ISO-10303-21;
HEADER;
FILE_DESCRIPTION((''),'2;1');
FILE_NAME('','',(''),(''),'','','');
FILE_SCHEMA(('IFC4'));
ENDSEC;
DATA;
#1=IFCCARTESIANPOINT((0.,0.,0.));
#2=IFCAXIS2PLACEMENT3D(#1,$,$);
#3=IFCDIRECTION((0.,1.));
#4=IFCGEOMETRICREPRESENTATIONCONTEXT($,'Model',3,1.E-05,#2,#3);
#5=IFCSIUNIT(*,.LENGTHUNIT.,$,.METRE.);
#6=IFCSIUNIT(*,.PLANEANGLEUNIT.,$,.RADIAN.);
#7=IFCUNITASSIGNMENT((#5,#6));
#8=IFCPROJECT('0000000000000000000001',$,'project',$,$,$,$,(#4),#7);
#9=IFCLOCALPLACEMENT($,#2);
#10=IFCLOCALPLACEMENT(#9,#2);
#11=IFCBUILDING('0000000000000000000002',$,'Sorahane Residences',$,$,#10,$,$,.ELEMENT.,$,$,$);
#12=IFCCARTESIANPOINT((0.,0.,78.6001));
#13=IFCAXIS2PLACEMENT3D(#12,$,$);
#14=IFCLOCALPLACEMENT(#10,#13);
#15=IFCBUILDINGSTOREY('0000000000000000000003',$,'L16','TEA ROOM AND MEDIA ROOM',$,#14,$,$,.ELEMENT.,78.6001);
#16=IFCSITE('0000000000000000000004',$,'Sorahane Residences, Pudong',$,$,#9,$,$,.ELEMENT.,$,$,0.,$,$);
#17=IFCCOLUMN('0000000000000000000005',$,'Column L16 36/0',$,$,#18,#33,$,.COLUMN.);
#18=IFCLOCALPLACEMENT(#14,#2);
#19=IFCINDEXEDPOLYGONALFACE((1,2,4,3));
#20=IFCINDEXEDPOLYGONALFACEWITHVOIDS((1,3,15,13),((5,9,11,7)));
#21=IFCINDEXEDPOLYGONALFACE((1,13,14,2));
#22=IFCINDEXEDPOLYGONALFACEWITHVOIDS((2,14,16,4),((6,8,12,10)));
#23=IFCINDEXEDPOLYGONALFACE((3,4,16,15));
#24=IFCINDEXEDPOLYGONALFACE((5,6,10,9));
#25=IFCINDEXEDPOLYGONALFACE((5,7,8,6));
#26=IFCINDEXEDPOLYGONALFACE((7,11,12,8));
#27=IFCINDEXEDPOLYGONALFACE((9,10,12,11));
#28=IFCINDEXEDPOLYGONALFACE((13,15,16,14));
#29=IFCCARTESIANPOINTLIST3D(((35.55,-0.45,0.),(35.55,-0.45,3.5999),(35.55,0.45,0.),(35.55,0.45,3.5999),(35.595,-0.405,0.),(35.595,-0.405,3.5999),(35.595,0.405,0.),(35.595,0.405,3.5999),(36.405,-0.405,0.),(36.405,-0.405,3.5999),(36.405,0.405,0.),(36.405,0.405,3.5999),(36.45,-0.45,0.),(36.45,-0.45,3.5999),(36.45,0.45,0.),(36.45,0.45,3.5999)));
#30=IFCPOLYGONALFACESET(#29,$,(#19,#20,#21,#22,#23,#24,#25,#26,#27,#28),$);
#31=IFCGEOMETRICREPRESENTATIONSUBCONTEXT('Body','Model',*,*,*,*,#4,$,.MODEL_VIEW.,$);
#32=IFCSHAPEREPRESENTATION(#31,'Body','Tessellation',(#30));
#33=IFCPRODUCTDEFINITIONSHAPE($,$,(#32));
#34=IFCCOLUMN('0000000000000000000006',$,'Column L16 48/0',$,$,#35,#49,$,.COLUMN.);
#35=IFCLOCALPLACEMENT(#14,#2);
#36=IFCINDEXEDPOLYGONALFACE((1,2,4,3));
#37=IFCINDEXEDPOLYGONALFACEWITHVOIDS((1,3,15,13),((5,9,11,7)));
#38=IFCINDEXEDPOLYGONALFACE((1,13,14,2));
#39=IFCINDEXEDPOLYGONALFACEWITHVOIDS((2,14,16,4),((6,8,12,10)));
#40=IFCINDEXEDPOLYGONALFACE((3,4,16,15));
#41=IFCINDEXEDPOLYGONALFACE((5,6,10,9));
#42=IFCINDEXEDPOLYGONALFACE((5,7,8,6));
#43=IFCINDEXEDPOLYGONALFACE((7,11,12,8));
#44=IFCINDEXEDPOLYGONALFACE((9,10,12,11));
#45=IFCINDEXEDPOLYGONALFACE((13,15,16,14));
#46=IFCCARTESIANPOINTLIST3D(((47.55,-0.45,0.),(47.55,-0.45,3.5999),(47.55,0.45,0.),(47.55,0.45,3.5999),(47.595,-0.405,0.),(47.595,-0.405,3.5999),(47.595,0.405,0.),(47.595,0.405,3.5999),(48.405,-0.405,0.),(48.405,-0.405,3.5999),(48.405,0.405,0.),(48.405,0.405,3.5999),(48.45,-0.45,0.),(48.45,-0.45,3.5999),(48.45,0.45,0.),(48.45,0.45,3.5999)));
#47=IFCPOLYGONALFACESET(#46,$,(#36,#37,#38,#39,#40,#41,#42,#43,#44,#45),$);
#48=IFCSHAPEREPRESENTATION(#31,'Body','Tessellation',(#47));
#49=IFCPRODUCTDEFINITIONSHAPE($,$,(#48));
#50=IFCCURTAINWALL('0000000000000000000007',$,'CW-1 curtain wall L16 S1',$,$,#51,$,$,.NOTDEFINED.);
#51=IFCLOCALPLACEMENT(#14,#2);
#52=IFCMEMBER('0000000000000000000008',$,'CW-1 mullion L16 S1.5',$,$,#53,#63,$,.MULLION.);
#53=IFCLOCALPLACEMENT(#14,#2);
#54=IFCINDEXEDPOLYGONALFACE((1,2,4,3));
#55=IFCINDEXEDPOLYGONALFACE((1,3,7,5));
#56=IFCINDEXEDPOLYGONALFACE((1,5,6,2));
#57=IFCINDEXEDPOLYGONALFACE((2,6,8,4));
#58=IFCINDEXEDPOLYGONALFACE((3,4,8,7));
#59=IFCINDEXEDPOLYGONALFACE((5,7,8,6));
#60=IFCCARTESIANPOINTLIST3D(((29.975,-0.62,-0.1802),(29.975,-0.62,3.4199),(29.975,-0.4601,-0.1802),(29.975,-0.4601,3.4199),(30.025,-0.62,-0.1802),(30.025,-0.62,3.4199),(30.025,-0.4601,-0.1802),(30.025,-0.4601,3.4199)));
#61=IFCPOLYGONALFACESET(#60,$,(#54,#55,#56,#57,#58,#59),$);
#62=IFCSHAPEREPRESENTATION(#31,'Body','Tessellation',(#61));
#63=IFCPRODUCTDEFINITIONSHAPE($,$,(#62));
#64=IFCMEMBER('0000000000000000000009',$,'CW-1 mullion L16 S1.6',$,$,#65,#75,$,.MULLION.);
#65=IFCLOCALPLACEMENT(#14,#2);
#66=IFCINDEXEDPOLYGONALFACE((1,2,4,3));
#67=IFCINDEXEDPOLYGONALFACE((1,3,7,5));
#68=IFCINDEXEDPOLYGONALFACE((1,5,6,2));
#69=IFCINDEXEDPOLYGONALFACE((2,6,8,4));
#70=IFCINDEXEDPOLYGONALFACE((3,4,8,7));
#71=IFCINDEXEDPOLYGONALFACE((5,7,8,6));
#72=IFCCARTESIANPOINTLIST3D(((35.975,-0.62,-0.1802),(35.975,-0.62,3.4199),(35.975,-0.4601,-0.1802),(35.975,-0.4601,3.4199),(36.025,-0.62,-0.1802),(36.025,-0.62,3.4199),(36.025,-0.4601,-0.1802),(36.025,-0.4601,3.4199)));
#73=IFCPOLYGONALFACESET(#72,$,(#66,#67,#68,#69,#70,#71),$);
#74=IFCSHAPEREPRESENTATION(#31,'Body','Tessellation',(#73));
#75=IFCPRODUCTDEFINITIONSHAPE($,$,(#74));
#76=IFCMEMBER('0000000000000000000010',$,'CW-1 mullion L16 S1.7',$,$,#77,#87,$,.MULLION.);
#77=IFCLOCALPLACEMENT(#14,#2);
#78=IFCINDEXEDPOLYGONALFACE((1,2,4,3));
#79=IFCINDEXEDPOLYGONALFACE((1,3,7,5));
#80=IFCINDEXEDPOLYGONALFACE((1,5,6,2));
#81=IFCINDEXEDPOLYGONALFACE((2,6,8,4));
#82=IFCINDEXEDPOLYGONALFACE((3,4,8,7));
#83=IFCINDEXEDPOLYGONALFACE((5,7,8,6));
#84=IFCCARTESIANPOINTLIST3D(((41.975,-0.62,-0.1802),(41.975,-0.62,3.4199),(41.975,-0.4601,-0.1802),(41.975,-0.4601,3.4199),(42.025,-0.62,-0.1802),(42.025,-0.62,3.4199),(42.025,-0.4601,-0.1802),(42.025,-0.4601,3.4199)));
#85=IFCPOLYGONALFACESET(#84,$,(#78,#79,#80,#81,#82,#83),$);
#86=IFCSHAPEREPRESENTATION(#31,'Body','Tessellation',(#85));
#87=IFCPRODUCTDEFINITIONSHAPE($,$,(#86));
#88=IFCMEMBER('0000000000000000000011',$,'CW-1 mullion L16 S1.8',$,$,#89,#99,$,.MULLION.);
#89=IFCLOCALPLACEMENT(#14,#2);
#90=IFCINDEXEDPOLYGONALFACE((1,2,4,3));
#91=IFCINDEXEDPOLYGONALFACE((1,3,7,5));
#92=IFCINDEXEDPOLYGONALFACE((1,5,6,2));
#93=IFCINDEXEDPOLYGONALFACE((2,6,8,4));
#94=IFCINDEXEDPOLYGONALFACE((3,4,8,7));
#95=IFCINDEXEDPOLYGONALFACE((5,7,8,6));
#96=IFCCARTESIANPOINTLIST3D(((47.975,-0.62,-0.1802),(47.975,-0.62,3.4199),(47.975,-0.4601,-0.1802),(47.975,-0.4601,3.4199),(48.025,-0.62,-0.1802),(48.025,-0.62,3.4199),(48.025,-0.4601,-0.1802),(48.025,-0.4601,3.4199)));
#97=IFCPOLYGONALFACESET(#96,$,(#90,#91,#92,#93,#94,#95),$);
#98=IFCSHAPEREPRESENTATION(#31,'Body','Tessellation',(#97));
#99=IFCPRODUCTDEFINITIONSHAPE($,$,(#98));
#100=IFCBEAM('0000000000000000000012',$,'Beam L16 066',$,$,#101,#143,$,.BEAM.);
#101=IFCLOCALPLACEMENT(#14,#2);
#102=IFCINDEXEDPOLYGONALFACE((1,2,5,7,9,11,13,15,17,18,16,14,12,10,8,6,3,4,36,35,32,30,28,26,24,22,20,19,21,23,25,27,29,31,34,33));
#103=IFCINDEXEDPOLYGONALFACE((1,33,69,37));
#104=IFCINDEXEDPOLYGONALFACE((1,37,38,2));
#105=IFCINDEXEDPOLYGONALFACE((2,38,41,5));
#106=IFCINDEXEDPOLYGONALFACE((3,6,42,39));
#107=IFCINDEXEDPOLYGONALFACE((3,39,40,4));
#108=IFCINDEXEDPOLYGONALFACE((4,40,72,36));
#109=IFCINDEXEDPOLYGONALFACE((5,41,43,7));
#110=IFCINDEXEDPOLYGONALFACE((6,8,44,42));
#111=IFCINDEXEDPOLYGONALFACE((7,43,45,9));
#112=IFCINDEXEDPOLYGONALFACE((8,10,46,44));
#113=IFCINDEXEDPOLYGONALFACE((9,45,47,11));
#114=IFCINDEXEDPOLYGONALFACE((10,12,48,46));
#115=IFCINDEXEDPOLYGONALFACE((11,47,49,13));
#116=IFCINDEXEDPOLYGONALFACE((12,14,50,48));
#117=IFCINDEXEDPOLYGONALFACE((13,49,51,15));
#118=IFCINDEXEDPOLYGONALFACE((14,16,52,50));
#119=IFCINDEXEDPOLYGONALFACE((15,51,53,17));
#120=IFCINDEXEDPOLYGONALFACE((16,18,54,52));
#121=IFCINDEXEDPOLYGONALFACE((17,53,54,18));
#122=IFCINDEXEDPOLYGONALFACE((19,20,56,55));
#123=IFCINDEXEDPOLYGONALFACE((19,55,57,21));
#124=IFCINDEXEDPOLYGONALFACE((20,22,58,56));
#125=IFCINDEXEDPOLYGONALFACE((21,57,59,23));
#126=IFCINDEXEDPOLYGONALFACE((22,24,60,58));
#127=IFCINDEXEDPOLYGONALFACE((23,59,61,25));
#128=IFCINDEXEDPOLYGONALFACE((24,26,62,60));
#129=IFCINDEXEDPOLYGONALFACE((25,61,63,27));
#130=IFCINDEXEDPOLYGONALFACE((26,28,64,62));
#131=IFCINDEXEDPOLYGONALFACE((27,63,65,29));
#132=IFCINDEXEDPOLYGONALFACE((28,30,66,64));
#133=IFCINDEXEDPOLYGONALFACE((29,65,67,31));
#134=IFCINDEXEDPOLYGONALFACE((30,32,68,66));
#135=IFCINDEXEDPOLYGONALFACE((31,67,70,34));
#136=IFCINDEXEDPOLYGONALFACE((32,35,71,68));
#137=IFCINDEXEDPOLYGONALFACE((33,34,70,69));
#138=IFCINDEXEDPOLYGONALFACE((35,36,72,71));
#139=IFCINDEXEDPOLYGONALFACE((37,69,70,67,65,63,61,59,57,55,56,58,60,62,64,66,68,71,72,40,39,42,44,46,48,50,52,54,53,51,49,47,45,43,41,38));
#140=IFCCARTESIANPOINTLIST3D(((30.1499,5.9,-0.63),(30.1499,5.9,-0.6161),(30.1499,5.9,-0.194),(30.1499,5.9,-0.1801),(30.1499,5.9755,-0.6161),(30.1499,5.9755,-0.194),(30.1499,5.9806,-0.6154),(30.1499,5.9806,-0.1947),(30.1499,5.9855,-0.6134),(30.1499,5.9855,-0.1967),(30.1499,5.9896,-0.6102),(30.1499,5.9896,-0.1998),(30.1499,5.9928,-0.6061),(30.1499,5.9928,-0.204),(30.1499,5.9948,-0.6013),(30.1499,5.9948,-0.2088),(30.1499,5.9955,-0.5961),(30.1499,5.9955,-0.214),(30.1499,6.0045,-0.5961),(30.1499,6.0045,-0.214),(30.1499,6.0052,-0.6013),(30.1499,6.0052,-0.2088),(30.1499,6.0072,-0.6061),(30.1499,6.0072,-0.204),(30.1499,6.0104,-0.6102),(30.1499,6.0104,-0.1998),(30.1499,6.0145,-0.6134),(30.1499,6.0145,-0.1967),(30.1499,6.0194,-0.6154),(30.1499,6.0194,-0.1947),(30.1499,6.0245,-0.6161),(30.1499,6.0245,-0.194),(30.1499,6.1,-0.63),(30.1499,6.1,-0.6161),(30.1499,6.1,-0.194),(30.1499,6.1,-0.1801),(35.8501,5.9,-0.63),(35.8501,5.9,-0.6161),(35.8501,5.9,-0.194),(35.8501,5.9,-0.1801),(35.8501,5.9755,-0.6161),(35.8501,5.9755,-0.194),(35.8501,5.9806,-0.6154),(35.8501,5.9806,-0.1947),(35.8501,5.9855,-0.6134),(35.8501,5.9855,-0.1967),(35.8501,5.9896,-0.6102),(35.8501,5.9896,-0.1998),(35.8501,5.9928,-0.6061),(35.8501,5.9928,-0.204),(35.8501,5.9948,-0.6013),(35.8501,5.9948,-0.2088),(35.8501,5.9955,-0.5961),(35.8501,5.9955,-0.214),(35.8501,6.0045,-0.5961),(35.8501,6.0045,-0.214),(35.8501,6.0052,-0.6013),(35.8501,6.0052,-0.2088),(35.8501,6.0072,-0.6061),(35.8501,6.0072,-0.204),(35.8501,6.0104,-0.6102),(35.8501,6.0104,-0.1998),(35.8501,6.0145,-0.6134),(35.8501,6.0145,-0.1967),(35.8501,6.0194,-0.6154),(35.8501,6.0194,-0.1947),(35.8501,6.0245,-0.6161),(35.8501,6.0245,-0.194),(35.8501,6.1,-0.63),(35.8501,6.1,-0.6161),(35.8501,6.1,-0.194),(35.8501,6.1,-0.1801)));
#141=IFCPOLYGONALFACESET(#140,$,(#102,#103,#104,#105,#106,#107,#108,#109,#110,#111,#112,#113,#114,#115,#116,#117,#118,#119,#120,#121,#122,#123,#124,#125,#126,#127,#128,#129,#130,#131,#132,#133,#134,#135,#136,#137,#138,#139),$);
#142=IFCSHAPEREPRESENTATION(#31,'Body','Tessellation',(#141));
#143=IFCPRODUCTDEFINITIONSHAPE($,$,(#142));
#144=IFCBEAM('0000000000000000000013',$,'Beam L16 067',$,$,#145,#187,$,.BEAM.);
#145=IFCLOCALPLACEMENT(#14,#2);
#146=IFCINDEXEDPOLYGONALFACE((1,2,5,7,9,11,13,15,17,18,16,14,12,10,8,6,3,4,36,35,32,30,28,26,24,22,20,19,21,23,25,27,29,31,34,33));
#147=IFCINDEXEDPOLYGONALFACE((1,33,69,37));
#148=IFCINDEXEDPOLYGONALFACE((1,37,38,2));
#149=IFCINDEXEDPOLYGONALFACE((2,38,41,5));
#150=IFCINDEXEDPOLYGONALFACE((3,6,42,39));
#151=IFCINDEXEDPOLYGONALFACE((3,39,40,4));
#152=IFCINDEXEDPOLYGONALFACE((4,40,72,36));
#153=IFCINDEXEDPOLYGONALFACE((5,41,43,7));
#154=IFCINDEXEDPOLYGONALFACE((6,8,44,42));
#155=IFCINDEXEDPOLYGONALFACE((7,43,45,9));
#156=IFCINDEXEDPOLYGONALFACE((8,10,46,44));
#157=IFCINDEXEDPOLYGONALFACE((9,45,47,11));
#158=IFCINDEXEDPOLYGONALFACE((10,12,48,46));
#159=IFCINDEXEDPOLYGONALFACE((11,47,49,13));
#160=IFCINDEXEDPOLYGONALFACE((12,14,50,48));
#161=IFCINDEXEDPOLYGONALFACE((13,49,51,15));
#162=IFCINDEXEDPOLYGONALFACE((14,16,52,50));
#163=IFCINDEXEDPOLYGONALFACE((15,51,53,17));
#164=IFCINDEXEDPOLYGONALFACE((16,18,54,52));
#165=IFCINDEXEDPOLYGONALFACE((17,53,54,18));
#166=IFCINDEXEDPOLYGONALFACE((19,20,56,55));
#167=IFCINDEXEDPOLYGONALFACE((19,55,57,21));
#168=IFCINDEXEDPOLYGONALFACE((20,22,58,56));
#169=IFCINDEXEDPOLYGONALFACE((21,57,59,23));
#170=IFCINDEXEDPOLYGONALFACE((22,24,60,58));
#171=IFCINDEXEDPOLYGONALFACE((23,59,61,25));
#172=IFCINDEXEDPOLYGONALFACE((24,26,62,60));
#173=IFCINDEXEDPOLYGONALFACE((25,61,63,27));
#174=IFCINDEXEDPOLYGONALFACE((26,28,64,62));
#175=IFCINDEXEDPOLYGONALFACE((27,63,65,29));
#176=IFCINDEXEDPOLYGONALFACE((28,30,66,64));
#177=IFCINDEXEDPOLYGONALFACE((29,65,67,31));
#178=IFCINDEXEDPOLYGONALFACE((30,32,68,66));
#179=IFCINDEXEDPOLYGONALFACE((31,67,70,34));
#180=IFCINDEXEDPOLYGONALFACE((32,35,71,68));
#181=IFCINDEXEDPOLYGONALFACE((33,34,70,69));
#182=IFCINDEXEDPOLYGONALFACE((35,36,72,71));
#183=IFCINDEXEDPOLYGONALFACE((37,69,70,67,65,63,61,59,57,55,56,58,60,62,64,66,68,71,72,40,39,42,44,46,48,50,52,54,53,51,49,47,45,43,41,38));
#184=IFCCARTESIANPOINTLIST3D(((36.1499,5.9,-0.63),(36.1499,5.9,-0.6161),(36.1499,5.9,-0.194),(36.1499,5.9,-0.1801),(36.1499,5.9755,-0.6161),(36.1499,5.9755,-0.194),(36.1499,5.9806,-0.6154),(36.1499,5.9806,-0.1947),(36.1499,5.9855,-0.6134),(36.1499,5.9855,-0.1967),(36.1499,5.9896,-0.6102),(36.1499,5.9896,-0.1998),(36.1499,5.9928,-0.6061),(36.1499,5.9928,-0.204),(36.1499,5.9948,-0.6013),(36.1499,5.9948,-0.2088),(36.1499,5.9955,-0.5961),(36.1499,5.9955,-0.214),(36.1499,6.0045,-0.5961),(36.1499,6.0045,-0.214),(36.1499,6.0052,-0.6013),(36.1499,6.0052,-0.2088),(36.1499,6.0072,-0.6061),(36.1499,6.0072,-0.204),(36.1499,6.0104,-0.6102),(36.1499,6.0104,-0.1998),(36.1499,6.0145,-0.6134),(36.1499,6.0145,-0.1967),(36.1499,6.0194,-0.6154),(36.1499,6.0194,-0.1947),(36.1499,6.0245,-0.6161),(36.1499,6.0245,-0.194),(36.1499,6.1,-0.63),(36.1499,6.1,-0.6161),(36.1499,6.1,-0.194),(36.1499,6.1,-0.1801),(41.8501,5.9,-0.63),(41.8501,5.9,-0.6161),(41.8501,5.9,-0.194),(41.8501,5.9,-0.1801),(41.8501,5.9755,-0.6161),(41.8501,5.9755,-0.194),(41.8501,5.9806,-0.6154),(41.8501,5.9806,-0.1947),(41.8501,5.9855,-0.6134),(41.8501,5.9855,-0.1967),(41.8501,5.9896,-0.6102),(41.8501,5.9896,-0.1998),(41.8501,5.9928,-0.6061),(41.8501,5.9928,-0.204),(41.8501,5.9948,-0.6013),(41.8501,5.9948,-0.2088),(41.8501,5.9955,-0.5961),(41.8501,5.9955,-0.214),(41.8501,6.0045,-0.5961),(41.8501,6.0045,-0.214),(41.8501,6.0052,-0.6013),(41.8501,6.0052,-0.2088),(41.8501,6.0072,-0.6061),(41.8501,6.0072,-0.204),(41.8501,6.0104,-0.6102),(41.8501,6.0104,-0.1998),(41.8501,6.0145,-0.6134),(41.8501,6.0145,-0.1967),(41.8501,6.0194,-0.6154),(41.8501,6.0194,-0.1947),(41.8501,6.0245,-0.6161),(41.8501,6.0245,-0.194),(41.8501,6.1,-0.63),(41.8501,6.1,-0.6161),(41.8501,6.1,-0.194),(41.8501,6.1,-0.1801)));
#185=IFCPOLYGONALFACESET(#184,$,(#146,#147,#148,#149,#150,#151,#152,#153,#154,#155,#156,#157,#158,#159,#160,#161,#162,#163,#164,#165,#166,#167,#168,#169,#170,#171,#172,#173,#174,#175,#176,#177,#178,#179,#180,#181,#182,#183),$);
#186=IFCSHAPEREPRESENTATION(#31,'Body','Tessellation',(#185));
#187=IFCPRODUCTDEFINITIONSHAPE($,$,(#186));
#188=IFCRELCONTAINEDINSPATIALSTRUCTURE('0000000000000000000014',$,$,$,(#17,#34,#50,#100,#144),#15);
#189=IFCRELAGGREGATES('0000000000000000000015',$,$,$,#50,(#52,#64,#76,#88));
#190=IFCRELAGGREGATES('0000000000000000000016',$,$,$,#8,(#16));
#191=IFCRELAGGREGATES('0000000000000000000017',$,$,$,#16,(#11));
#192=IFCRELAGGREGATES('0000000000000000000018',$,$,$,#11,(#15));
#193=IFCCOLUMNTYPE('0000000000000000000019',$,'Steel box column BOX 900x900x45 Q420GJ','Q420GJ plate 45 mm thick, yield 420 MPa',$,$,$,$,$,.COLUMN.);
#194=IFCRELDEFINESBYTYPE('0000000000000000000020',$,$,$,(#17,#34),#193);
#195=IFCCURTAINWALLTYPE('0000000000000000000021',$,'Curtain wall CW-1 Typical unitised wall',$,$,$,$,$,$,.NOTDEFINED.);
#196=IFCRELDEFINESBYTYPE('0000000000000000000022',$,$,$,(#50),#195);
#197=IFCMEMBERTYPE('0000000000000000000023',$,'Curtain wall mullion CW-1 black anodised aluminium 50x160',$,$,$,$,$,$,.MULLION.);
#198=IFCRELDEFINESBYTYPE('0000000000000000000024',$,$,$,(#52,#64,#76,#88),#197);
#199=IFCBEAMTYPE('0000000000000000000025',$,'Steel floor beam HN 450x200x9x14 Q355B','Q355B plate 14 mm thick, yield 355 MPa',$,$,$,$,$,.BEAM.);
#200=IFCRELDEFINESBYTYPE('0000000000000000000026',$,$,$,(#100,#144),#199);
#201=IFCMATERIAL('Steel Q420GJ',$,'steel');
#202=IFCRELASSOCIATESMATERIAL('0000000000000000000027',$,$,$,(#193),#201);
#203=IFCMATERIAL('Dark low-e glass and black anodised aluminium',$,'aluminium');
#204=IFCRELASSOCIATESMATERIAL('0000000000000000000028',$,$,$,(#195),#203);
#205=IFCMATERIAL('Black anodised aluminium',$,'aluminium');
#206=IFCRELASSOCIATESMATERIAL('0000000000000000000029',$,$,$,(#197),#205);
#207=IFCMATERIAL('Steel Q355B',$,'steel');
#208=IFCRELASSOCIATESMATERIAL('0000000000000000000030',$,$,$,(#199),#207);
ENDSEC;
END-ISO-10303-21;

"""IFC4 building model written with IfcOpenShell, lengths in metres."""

from ifc_helpers import new_model, si_unit, direction, frame, origin, origin_2d, place, context, subcontext, project, spatial, rectangle, hollow_rectangle, i_section, extrude, material, material_profile, profile_set, type_object, element, aggregate, save


model = new_model("IFC4")

# Units and contexts
model_context = context("Model", 3, precision=1e-05, world=origin(), true_north=direction((0.0, 1.0)))
body_context = subcontext(model_context, "Body", "Model", "MODEL_VIEW")
ifc_project = project(units=[si_unit("LENGTHUNIT", "METRE"), si_unit("PLANEANGLEUNIT", "RADIAN")], contexts=[model_context])

# Site, building, storey
site_placement = place(None, origin())
site = spatial("IfcSite", under=ifc_project, at=site_placement, Name="Sorahane Residences, Pudong", CompositionType="ELEMENT", RefElevation=0.0)
building_placement = place(site_placement, origin())
building = spatial("IfcBuilding", under=site, at=building_placement, Name="Sorahane Residences", CompositionType="ELEMENT")
storey_placement = place(building_placement, frame((0.0, 0.0, 78.6001)))
storey = spatial("IfcBuildingStorey", under=building, at=storey_placement, Name="L16", Description="TEA ROOM AND MEDIA ROOM", CompositionType="ELEMENT", Elevation=78.6001)

# Columns
ifc_material_1 = material(Name="Steel Q420GJ", Category="steel")
ifc_material_profile_1 = material_profile(ifc_material_1, hollow_rectangle(XDim=0.8999, YDim=0.8999, WallThickness=0.0449, at=origin_2d()), Name="BOX 900x900x45")
ifc_profile_set_1 = profile_set([ifc_material_profile_1], Name="Steel Q420GJ")
column_type = type_object("IfcColumnType", Name="Steel box column BOX 900x900x45 Q420GJ", Description="Q420GJ plate 45 mm thick, yield 420 MPa", PredefinedType="COLUMN", material=ifc_profile_set_1)
for number, where, z_axis, x_axis, name in (
    (1, (36.0, 0.0, 0.0), (0.0, 0.0, 1.0), (1.0, 0.0, 0.0), "Column L16 36/0"),
    (2, (48.0, 0.0, 0.0), (0.0, 0.0, 1.0), (1.0, 0.0, 0.0), "Column L16 48/0"),
):
    element("IfcColumn", number, at=place(storey_placement, frame(where, z_axis=z_axis, x_axis=x_axis)), inside=storey, type_object=column_type, Name=name, PredefinedType="COLUMN", context=body_context, shape_type="SweptSolid", body=[
        extrude(hollow_rectangle(XDim=0.8999, YDim=0.8999, WallThickness=0.0449, at=origin_2d()), origin(), (0.0, 0.0, 1.0), 3.5999),
    ])

# Curtain wall, members
ifc_material_2 = material(Name="Dark low-e glass and black anodised aluminium", Category="aluminium")
curtain_wall_type = type_object("IfcCurtainWallType", Name="Curtain wall CW-1 Typical unitised wall", PredefinedType="NOTDEFINED", material=ifc_material_2)
curtain_wall_placement = place(storey_placement, origin())
curtain_wall = element("IfcCurtainWall", 3, at=curtain_wall_placement, inside=storey, type_object=curtain_wall_type, Name="CW-1 curtain wall L16 S1", PredefinedType="NOTDEFINED")
ifc_material_3 = material(Name="Black anodised aluminium", Category="aluminium")
ifc_material_profile_2 = material_profile(ifc_material_3, rectangle(XDim=0.1599, YDim=0.05, at=origin_2d()), Name="Curtain wall mullion CW-1 black anodised aluminium 50x160")
ifc_profile_set_2 = profile_set([ifc_material_profile_2], Name="Black anodised aluminium")
member_type = type_object("IfcMemberType", Name="Curtain wall mullion CW-1 black anodised aluminium 50x160", PredefinedType="MULLION", material=ifc_profile_set_2)
member_1_placement = place(storey_placement, frame((30.0, -0.54, -0.1802), z_axis=(0.0, 0.0, 1.0), x_axis=(0.0, -1.0, 0.0)))
member_1 = element("IfcMember", 4, at=member_1_placement, type_object=member_type, Name="CW-1 mullion L16 S1.5", PredefinedType="MULLION", context=body_context, shape_type="SweptSolid", body=[
    extrude(rectangle(XDim=0.1599, YDim=0.05, at=origin_2d()), origin(), (0.0, 0.0, 1.0), 3.6001),
])
member_2_placement = place(storey_placement, frame((36.0, -0.54, -0.1802), z_axis=(0.0, 0.0, 1.0), x_axis=(0.0, -1.0, 0.0)))
member_2 = element("IfcMember", 5, at=member_2_placement, type_object=member_type, Name="CW-1 mullion L16 S1.6", PredefinedType="MULLION", context=body_context, shape_type="SweptSolid", body=[
    extrude(rectangle(XDim=0.1599, YDim=0.05, at=origin_2d()), origin(), (0.0, 0.0, 1.0), 3.6001),
])
member_3_placement = place(storey_placement, frame((42.0, -0.54, -0.1802), z_axis=(0.0, 0.0, 1.0), x_axis=(0.0, -1.0, 0.0)))
member_3 = element("IfcMember", 6, at=member_3_placement, type_object=member_type, Name="CW-1 mullion L16 S1.7", PredefinedType="MULLION", context=body_context, shape_type="SweptSolid", body=[
    extrude(rectangle(XDim=0.1599, YDim=0.05, at=origin_2d()), origin(), (0.0, 0.0, 1.0), 3.6001),
])
member_4_placement = place(storey_placement, frame((48.0, -0.54, -0.1802), z_axis=(0.0, 0.0, 1.0), x_axis=(0.0, -1.0, 0.0)))
member_4 = element("IfcMember", 7, at=member_4_placement, type_object=member_type, Name="CW-1 mullion L16 S1.8", PredefinedType="MULLION", context=body_context, shape_type="SweptSolid", body=[
    extrude(rectangle(XDim=0.1599, YDim=0.05, at=origin_2d()), origin(), (0.0, 0.0, 1.0), 3.6001),
])

# Beams
ifc_material_4 = material(Name="Steel Q355B", Category="steel")
ifc_material_profile_3 = material_profile(ifc_material_4, i_section(OverallWidth=0.2, OverallDepth=0.45, WebThickness=0.009, FlangeThickness=0.0139, FilletRadius=0.02, at=origin_2d()), Name="HN 450x200x9x14")
ifc_profile_set_3 = profile_set([ifc_material_profile_3], Name="Steel Q355B")
beam_type_1 = type_object("IfcBeamType", Name="Steel floor beam HN 450x200x9x14 Q355B", Description="Q355B plate 14 mm thick, yield 355 MPa", PredefinedType="BEAM", material=ifc_profile_set_3)
for number, where, z_axis, x_axis, name in (
    (8, (30.1499, 6.0, -0.405), (1.0, 0.0, 0.0), (0.0, 1.0, 0.0), "Beam L16 066"),
    (9, (36.1499, 6.0, -0.405), (1.0, 0.0, 0.0), (0.0, 1.0, 0.0), "Beam L16 067"),
):
    element("IfcBeam", number, at=place(storey_placement, frame(where, z_axis=z_axis, x_axis=x_axis)), inside=storey, type_object=beam_type_1, Name=name, PredefinedType="BEAM", context=body_context, shape_type="SweptSolid", body=[
        extrude(i_section(OverallWidth=0.2, OverallDepth=0.45, WebThickness=0.009, FlangeThickness=0.0139, FilletRadius=0.02, at=origin_2d()), origin(), (0.0, 0.0, 1.0), 5.7002),
    ])

aggregate(curtain_wall, [member_1, member_2, member_3, member_4])

save(model, "model.ifc")
